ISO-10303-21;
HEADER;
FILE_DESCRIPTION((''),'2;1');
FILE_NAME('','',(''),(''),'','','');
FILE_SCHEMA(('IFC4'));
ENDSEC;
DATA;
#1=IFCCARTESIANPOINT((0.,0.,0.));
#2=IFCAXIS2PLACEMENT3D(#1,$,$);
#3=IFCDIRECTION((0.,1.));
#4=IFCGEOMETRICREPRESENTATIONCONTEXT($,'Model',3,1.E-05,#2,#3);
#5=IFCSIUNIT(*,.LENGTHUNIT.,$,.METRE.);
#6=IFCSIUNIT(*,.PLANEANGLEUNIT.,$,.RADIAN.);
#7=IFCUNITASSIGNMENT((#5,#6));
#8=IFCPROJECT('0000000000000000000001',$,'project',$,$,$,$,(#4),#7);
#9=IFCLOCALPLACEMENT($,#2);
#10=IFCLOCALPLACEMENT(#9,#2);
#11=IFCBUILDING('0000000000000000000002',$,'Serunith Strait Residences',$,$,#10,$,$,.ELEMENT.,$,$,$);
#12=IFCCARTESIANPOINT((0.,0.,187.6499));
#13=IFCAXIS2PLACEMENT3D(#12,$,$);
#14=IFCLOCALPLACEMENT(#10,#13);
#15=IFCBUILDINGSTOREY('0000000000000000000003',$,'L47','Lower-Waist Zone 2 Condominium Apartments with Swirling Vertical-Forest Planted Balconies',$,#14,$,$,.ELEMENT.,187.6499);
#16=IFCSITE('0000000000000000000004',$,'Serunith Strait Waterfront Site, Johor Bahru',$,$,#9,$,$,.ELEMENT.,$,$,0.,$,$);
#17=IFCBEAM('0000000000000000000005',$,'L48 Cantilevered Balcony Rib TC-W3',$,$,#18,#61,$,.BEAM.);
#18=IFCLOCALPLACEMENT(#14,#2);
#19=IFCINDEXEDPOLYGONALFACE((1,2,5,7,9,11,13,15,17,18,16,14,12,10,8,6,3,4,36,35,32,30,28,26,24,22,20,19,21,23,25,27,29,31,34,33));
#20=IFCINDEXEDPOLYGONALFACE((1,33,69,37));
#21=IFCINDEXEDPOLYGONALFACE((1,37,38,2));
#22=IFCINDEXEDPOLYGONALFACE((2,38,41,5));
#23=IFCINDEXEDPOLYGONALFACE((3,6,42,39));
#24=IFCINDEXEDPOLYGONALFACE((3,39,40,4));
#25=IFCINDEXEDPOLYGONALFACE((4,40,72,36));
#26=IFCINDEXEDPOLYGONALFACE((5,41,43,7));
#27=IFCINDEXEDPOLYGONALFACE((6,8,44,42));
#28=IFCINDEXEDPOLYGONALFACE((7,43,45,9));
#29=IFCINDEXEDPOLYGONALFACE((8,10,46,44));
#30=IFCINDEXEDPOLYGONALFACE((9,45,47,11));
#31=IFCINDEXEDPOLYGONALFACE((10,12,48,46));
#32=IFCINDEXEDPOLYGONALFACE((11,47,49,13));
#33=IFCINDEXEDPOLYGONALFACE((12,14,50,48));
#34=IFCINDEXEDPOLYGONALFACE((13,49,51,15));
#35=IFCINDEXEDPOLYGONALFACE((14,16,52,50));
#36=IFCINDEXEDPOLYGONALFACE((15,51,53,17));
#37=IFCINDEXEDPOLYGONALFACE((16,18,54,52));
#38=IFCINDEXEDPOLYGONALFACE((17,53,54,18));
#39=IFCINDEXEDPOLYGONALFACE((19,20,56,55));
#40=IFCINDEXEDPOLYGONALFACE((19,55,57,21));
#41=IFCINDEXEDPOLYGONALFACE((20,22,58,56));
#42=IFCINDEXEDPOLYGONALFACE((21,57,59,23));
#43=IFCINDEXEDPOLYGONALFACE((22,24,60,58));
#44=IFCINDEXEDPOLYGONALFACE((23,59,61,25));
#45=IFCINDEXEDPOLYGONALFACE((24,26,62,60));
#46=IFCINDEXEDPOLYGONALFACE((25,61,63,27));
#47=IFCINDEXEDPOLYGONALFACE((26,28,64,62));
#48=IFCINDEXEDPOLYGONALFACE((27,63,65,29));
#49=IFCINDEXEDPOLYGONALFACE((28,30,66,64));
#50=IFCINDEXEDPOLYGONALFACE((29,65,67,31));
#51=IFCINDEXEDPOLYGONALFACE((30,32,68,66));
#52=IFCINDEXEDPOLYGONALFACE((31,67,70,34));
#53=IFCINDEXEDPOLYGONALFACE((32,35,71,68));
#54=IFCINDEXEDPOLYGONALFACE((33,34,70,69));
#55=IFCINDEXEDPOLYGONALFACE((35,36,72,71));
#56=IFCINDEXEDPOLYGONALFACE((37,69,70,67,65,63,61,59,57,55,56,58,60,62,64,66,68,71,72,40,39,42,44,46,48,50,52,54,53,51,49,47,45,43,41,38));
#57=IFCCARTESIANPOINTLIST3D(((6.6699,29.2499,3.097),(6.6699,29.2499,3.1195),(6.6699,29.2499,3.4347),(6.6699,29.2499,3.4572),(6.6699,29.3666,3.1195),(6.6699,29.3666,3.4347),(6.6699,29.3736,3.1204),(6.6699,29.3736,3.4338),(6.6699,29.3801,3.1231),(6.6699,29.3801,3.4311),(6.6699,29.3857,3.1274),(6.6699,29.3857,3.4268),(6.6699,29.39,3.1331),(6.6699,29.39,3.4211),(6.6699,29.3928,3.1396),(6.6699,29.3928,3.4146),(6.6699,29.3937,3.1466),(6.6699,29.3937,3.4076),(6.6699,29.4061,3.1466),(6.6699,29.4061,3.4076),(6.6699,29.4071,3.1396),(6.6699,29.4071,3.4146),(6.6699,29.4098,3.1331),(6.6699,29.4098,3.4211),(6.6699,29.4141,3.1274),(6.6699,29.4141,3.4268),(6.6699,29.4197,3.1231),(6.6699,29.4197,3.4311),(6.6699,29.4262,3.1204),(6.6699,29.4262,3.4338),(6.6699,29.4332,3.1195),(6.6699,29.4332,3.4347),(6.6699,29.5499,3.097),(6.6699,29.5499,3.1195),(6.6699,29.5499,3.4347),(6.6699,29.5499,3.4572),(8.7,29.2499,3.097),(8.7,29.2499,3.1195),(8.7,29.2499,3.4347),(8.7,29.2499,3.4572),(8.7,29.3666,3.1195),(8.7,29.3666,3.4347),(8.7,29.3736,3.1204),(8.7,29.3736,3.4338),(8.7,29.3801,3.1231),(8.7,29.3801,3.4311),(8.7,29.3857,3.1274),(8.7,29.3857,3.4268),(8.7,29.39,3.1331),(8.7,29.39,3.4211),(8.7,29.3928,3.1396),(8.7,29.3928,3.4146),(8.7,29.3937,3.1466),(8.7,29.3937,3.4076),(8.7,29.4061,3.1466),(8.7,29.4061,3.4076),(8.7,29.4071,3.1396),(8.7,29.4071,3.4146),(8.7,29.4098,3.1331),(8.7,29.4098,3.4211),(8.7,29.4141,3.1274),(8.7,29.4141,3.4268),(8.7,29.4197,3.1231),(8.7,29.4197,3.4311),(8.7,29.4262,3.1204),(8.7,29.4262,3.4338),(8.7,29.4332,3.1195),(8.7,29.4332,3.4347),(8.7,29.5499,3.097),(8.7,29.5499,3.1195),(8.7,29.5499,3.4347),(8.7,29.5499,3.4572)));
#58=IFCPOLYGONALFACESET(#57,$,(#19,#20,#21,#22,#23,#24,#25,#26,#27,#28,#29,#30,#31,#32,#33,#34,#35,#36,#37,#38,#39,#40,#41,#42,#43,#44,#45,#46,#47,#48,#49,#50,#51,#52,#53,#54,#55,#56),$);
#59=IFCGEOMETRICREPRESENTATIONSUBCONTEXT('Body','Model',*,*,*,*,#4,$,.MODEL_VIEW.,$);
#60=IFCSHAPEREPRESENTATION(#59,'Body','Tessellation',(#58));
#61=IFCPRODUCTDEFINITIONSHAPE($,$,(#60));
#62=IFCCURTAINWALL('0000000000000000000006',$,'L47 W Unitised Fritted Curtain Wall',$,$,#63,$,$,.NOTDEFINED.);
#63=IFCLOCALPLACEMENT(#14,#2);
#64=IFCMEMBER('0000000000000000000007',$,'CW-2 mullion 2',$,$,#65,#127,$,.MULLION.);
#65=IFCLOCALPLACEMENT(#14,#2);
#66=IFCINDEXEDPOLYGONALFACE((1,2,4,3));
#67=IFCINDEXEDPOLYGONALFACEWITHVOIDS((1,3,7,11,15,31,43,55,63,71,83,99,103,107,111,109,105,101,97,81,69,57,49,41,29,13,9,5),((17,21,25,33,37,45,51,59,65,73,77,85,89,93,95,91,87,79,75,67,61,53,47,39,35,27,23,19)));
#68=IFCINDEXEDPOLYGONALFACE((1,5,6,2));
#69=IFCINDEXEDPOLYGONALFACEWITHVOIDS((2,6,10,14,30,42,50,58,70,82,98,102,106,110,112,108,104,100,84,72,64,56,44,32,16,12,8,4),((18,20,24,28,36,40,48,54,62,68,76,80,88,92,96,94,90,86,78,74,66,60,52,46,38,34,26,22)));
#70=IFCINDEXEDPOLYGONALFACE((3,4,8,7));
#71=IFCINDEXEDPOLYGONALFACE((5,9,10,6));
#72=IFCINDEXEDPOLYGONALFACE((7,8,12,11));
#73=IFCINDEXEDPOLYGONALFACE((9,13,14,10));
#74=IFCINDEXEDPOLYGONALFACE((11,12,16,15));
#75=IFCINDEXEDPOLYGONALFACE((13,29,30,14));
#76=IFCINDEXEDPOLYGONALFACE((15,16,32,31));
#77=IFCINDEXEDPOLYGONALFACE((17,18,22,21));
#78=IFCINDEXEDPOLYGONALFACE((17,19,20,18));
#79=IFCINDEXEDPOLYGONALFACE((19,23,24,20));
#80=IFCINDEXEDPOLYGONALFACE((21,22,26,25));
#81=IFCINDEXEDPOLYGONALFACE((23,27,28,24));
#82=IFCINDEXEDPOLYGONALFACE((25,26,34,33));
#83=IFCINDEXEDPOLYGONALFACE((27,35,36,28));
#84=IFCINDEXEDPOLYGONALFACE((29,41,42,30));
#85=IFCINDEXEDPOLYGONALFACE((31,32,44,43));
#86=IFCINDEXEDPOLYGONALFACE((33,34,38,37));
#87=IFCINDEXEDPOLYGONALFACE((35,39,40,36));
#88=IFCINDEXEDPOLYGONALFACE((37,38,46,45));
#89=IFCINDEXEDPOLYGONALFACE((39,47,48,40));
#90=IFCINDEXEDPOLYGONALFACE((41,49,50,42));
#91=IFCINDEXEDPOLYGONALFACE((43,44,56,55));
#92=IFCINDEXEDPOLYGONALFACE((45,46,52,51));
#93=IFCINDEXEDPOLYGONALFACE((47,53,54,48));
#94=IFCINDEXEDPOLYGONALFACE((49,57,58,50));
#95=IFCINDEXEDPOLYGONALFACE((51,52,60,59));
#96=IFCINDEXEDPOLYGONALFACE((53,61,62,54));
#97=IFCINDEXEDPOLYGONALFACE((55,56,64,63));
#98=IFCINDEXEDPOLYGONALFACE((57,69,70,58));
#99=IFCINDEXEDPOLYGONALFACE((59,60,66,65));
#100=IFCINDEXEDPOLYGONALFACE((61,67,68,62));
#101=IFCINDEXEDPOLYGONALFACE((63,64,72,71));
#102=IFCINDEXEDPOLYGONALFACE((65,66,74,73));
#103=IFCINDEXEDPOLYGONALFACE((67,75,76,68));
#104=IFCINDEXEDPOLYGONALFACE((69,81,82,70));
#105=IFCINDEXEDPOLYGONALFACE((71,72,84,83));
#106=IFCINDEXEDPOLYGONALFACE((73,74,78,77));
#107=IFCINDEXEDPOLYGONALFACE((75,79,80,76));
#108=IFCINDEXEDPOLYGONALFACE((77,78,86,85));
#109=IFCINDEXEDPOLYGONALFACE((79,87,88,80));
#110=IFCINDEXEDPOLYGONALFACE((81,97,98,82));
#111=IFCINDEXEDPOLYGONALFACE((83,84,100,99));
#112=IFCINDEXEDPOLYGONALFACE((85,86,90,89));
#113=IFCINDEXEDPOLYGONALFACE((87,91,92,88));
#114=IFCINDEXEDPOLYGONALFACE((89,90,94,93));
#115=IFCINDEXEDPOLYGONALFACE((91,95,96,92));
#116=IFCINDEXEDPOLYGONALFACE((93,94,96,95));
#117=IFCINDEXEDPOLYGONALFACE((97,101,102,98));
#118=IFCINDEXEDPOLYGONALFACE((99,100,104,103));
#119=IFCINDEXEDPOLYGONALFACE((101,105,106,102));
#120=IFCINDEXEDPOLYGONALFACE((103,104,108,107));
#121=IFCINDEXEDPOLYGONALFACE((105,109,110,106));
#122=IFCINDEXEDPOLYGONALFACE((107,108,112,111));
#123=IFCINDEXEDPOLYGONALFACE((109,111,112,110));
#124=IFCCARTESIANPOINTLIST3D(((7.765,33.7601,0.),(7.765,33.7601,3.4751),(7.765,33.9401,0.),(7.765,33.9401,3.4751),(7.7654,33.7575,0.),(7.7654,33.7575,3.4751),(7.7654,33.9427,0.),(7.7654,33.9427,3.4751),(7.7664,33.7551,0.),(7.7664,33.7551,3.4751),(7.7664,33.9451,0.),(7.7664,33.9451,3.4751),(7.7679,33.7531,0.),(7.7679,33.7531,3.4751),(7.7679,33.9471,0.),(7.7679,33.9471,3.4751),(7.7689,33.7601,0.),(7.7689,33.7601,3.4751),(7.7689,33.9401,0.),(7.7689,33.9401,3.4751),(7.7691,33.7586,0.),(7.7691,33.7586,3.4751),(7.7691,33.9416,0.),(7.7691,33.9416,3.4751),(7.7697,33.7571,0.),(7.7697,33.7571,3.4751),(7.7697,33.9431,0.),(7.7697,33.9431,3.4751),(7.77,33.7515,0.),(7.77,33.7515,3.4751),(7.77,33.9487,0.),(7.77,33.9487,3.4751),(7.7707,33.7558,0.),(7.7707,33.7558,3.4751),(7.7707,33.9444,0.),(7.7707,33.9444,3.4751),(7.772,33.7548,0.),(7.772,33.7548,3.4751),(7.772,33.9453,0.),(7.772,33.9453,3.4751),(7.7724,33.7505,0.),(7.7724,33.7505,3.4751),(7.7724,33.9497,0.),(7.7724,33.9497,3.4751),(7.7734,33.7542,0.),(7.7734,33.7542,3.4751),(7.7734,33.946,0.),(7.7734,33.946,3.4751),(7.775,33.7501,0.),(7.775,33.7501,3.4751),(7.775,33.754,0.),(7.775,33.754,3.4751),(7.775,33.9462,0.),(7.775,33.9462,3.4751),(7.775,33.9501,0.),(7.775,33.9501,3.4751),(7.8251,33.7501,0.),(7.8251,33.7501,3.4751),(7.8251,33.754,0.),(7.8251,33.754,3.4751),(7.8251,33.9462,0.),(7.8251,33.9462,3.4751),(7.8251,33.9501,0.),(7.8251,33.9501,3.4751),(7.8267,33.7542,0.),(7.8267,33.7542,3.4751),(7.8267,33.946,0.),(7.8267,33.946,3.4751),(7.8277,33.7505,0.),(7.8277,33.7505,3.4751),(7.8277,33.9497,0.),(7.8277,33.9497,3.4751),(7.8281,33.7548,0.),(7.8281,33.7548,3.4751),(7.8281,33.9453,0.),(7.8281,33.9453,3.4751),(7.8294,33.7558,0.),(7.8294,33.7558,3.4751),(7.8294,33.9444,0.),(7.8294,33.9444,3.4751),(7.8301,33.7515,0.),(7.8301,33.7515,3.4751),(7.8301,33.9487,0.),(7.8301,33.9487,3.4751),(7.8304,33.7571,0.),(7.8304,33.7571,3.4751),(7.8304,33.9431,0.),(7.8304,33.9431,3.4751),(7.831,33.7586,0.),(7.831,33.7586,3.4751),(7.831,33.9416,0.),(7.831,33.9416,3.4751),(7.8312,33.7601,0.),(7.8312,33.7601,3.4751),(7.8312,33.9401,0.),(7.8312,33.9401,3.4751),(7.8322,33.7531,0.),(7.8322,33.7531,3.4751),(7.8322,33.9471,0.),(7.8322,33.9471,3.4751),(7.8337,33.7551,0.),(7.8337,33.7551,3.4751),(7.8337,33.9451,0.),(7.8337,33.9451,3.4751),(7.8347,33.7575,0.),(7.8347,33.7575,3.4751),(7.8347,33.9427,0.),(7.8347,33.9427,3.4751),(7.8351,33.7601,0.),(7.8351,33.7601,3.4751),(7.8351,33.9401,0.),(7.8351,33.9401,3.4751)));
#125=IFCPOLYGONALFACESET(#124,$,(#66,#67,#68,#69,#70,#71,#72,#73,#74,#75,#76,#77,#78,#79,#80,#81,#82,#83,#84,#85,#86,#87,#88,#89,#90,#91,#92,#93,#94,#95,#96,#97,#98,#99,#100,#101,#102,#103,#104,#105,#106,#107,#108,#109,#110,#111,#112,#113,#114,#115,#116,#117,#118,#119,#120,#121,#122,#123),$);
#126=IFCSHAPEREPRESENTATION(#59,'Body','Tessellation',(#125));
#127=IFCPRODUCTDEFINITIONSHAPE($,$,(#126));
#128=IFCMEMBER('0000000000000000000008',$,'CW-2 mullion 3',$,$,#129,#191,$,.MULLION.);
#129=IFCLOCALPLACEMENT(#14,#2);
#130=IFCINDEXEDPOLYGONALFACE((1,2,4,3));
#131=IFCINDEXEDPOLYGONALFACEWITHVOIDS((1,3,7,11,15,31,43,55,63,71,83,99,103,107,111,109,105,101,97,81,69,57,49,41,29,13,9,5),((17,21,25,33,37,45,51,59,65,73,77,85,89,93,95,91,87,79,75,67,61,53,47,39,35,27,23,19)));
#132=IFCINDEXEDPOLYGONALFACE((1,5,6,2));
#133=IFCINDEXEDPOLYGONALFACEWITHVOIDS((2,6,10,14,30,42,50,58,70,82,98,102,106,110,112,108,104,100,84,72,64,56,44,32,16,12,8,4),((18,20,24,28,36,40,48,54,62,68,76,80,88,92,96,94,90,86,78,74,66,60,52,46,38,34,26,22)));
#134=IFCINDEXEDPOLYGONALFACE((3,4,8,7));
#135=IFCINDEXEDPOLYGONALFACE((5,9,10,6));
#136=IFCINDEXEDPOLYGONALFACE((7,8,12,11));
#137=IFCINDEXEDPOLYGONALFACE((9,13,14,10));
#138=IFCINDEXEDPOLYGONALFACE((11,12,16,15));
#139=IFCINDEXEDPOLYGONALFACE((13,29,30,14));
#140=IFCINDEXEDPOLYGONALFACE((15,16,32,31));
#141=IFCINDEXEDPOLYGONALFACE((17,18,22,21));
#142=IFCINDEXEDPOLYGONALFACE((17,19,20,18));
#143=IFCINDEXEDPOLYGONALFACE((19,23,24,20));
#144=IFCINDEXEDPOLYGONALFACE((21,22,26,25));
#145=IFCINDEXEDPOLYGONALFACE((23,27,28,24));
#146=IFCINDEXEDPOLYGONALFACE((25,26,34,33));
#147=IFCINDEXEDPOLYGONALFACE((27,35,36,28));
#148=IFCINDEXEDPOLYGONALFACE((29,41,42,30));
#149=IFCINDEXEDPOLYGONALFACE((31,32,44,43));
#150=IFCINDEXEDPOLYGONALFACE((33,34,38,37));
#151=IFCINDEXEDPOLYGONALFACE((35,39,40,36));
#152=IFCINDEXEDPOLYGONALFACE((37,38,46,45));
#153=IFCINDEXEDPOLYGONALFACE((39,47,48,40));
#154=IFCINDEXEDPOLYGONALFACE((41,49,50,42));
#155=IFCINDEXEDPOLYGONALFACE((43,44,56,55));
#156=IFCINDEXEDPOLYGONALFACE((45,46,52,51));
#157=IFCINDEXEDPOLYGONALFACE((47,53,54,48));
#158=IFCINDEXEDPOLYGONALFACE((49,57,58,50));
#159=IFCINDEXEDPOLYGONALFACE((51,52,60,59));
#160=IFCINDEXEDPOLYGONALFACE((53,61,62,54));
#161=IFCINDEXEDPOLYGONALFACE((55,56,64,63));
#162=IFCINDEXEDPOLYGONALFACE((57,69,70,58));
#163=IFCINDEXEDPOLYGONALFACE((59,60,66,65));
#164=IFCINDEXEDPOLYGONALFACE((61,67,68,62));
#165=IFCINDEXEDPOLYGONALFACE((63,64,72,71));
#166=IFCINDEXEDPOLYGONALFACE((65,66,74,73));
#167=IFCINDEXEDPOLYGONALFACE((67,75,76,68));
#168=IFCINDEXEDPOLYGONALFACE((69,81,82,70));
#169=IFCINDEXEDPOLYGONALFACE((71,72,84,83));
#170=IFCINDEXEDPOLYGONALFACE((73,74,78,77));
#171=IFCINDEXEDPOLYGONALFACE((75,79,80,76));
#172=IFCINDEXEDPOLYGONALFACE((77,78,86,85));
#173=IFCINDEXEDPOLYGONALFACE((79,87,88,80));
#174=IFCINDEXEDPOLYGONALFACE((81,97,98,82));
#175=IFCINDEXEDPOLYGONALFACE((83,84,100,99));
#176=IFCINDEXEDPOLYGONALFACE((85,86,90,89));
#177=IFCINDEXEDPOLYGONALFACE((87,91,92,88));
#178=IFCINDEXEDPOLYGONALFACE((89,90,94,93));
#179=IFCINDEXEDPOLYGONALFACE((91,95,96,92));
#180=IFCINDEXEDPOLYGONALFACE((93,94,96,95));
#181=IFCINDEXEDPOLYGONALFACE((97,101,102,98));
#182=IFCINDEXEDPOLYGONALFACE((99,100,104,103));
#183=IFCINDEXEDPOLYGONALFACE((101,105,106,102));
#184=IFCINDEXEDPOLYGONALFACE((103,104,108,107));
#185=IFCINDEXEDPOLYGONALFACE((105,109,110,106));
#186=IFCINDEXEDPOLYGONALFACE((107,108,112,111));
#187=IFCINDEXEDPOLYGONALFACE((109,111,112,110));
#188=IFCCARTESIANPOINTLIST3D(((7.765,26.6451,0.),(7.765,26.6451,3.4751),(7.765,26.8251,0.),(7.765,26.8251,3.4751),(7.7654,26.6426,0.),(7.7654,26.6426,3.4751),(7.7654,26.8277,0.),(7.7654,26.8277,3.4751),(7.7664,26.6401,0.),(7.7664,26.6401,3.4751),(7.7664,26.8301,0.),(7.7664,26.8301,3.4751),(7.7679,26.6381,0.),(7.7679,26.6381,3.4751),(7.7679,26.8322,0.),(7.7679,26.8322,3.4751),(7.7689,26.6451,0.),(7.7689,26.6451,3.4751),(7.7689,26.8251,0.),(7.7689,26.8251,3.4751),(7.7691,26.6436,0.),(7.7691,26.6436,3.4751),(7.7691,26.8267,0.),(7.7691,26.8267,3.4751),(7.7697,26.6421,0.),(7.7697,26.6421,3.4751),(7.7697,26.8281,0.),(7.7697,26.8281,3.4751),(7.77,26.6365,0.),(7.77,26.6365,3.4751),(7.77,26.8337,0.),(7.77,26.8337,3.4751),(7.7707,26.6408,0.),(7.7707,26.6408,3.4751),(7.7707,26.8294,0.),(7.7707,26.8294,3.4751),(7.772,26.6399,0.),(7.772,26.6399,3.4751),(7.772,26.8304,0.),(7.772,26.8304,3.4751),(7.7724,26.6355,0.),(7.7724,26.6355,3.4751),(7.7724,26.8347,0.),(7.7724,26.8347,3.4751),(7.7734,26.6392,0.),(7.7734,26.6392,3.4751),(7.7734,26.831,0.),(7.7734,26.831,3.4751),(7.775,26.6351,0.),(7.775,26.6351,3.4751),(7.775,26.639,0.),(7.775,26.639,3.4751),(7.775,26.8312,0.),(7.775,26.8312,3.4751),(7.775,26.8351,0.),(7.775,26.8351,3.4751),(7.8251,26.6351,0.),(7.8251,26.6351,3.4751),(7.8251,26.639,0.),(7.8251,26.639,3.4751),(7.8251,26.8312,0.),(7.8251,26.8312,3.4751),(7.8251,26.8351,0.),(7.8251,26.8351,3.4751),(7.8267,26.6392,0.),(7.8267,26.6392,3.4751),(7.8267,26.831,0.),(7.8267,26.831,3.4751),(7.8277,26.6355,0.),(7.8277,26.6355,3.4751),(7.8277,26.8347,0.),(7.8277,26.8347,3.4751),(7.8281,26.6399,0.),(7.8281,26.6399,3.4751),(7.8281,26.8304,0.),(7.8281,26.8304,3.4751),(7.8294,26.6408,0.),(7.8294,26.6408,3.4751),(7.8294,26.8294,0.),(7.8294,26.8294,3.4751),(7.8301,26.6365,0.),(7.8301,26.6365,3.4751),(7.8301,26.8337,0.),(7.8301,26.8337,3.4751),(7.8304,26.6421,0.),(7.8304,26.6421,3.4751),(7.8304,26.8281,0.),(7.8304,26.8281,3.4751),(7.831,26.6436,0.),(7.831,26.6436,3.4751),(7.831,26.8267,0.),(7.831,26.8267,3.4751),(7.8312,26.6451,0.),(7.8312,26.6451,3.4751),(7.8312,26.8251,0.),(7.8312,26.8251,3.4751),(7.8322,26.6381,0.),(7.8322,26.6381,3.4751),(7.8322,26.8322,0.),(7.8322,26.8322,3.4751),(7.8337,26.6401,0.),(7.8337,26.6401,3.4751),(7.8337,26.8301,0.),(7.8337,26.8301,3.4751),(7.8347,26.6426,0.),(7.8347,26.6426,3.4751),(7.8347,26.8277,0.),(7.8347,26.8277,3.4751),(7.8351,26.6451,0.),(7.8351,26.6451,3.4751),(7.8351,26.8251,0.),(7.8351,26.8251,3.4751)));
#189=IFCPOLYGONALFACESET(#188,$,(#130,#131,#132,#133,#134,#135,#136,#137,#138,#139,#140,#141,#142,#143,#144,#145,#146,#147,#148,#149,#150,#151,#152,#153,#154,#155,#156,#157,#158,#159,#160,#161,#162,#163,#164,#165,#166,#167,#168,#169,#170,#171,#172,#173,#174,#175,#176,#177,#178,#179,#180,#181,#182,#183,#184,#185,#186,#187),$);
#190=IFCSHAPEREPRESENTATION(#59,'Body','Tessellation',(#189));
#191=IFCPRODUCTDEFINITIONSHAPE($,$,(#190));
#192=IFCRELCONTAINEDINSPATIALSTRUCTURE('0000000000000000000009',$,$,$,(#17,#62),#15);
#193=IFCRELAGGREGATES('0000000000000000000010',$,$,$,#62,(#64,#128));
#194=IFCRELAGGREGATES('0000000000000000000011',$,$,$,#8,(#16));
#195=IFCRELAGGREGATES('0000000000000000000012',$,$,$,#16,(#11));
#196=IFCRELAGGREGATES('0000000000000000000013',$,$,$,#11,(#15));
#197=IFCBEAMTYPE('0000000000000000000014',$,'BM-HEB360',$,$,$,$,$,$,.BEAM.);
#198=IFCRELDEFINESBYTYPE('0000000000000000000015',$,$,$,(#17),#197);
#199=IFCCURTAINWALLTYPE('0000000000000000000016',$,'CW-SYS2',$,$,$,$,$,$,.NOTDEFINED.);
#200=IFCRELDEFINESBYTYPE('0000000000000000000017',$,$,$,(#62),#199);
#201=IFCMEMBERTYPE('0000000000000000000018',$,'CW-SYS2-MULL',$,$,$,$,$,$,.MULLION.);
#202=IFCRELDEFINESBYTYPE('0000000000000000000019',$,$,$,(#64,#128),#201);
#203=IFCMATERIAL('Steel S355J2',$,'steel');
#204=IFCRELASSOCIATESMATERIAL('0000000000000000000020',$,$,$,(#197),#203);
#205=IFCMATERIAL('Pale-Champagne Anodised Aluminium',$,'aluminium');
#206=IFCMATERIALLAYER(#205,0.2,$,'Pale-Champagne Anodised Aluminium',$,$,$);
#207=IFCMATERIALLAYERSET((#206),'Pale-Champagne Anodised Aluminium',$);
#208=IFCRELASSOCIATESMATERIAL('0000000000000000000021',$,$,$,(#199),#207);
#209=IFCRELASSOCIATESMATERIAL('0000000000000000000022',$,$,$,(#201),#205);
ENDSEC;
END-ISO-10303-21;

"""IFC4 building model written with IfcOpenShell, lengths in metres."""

from ifc_helpers import new_model, si_unit, direction, frame, origin, origin_2d, place, context, subcontext, project, spatial, hollow_rectangle, i_section, extrude, source, transform, mapped, material, layer, layer_set, material_profile, profile_set, type_object, element, aggregate, save


model = new_model("IFC4")

# Units and contexts
model_context = context("Model", 3, precision=1e-05, world=origin(), true_north=direction((0.0, 1.0)))
body_context = subcontext(model_context, "Body", "Model", "MODEL_VIEW")
ifc_project = project(units=[si_unit("LENGTHUNIT", "METRE"), si_unit("PLANEANGLEUNIT", "RADIAN")], contexts=[model_context])

# Site, building, storey
site_placement = place(None, origin())
site = spatial("IfcSite", under=ifc_project, at=site_placement, Name="Serunith Strait Waterfront Site, Johor Bahru", CompositionType="ELEMENT", RefElevation=0.0)
building_placement = place(site_placement, origin())
building = spatial("IfcBuilding", under=site, at=building_placement, Name="Serunith Strait Residences", CompositionType="ELEMENT")
storey_placement = place(building_placement, frame((0.0, 0.0, 187.6499)))
storey = spatial("IfcBuildingStorey", under=building, at=storey_placement, Name="L47", Description="Lower-Waist Zone 2 Condominium Apartments with Swirling Vertical-Forest Planted Balconies", CompositionType="ELEMENT", Elevation=187.6499)

# Beam
ifc_material_1 = material(Name="Steel S355J2", Category="steel")
ifc_material_profile_1 = material_profile(ifc_material_1, i_section(OverallWidth=0.3, OverallDepth=0.3601, WebThickness=0.0125, FlangeThickness=0.0225, FilletRadius=0.0271, at=origin_2d()), Name="HEB 360")
ifc_profile_set_1 = profile_set([ifc_material_profile_1], Name="Steel S355J2")
beam_type_1 = type_object("IfcBeamType", Name="BM-HEB360", PredefinedType="BEAM", material=ifc_profile_set_1)
shared_shape_1 = source(origin(), body_context, "Body", "SweptSolid", [
    extrude(i_section(OverallWidth=0.3, OverallDepth=0.3601, WebThickness=0.0125, FlangeThickness=0.0225, FilletRadius=0.0271, at=origin_2d()), origin(), (0.0, 0.0, 1.0), 2.03),
])
beam_1_placement = place(storey_placement, frame((8.7, 29.3999, 3.2771), z_axis=(-1.0, 0.0, 0.0), x_axis=(0.0, -1.0, 0.0)))
element("IfcBeam", 1, at=beam_1_placement, inside=storey, type_object=beam_type_1, Name="L48 Cantilevered Balcony Rib TC-W3", PredefinedType="BEAM", context=body_context, shape_type="MappedRepresentation", body=[
    mapped(shared_shape_1, transform((0.0, 0.0, 0.0), scale=1.0)),
])

# Curtain wall, members
ifc_material_2 = material(Name="Pale-Champagne Anodised Aluminium", Category="aluminium")
ifc_layer_1 = layer(ifc_material_2, 0.2, Name="Pale-Champagne Anodised Aluminium")
ifc_layer_set_1 = layer_set([ifc_layer_1], Name="Pale-Champagne Anodised Aluminium")
curtain_wall_type = type_object("IfcCurtainWallType", Name="CW-SYS2", PredefinedType="NOTDEFINED", material=ifc_layer_set_1)
curtain_wall_placement = place(storey_placement, origin())
curtain_wall = element("IfcCurtainWall", 2, at=curtain_wall_placement, inside=storey, type_object=curtain_wall_type, Name="L47 W Unitised Fritted Curtain Wall", PredefinedType="NOTDEFINED")
ifc_material_profile_2 = material_profile(ifc_material_2, hollow_rectangle(XDim=0.0701, YDim=0.2, WallThickness=0.0039, InnerFilletRadius=0.0061, OuterFilletRadius=0.01, at=origin_2d()), Name="ALU 200x70x4")
ifc_profile_set_2 = profile_set([ifc_material_profile_2], Name="Pale-Champagne Anodised Aluminium")
member_type_1 = type_object("IfcMemberType", Name="CW-SYS2-MULL", PredefinedType="MULLION", material=ifc_profile_set_2)
shared_shape_2 = source(origin(), body_context, "Body", "SweptSolid", [
    extrude(hollow_rectangle(XDim=0.0701, YDim=0.2, WallThickness=0.0039, InnerFilletRadius=0.0061, OuterFilletRadius=0.01, at=origin_2d()), origin(), (0.0, 0.0, 1.0), 3.4751),
])
member_1_placement = place(storey_placement, frame((7.8, 33.8501, 0.0), z_axis=(0.0, 0.0, 1.0), x_axis=(1.0, 0.0, 0.0)))
member_1 = element("IfcMember", 3, at=member_1_placement, type_object=member_type_1, Name="CW-2 mullion 2", PredefinedType="MULLION", context=body_context, shape_type="MappedRepresentation", body=[
    mapped(shared_shape_2, transform((0.0, 0.0, 0.0), scale=1.0)),
])
member_2_placement = place(storey_placement, frame((7.8, 26.7351, 0.0), z_axis=(0.0, 0.0, 1.0), x_axis=(1.0, 0.0, 0.0)))
member_2 = element("IfcMember", 4, at=member_2_placement, type_object=member_type_1, Name="CW-2 mullion 3", PredefinedType="MULLION", context=body_context, shape_type="MappedRepresentation", body=[
    mapped(shared_shape_2, transform((0.0, 0.0, 0.0), scale=1.0)),
])
aggregate(curtain_wall, [member_1, member_2])

save(model, "model.ifc")
